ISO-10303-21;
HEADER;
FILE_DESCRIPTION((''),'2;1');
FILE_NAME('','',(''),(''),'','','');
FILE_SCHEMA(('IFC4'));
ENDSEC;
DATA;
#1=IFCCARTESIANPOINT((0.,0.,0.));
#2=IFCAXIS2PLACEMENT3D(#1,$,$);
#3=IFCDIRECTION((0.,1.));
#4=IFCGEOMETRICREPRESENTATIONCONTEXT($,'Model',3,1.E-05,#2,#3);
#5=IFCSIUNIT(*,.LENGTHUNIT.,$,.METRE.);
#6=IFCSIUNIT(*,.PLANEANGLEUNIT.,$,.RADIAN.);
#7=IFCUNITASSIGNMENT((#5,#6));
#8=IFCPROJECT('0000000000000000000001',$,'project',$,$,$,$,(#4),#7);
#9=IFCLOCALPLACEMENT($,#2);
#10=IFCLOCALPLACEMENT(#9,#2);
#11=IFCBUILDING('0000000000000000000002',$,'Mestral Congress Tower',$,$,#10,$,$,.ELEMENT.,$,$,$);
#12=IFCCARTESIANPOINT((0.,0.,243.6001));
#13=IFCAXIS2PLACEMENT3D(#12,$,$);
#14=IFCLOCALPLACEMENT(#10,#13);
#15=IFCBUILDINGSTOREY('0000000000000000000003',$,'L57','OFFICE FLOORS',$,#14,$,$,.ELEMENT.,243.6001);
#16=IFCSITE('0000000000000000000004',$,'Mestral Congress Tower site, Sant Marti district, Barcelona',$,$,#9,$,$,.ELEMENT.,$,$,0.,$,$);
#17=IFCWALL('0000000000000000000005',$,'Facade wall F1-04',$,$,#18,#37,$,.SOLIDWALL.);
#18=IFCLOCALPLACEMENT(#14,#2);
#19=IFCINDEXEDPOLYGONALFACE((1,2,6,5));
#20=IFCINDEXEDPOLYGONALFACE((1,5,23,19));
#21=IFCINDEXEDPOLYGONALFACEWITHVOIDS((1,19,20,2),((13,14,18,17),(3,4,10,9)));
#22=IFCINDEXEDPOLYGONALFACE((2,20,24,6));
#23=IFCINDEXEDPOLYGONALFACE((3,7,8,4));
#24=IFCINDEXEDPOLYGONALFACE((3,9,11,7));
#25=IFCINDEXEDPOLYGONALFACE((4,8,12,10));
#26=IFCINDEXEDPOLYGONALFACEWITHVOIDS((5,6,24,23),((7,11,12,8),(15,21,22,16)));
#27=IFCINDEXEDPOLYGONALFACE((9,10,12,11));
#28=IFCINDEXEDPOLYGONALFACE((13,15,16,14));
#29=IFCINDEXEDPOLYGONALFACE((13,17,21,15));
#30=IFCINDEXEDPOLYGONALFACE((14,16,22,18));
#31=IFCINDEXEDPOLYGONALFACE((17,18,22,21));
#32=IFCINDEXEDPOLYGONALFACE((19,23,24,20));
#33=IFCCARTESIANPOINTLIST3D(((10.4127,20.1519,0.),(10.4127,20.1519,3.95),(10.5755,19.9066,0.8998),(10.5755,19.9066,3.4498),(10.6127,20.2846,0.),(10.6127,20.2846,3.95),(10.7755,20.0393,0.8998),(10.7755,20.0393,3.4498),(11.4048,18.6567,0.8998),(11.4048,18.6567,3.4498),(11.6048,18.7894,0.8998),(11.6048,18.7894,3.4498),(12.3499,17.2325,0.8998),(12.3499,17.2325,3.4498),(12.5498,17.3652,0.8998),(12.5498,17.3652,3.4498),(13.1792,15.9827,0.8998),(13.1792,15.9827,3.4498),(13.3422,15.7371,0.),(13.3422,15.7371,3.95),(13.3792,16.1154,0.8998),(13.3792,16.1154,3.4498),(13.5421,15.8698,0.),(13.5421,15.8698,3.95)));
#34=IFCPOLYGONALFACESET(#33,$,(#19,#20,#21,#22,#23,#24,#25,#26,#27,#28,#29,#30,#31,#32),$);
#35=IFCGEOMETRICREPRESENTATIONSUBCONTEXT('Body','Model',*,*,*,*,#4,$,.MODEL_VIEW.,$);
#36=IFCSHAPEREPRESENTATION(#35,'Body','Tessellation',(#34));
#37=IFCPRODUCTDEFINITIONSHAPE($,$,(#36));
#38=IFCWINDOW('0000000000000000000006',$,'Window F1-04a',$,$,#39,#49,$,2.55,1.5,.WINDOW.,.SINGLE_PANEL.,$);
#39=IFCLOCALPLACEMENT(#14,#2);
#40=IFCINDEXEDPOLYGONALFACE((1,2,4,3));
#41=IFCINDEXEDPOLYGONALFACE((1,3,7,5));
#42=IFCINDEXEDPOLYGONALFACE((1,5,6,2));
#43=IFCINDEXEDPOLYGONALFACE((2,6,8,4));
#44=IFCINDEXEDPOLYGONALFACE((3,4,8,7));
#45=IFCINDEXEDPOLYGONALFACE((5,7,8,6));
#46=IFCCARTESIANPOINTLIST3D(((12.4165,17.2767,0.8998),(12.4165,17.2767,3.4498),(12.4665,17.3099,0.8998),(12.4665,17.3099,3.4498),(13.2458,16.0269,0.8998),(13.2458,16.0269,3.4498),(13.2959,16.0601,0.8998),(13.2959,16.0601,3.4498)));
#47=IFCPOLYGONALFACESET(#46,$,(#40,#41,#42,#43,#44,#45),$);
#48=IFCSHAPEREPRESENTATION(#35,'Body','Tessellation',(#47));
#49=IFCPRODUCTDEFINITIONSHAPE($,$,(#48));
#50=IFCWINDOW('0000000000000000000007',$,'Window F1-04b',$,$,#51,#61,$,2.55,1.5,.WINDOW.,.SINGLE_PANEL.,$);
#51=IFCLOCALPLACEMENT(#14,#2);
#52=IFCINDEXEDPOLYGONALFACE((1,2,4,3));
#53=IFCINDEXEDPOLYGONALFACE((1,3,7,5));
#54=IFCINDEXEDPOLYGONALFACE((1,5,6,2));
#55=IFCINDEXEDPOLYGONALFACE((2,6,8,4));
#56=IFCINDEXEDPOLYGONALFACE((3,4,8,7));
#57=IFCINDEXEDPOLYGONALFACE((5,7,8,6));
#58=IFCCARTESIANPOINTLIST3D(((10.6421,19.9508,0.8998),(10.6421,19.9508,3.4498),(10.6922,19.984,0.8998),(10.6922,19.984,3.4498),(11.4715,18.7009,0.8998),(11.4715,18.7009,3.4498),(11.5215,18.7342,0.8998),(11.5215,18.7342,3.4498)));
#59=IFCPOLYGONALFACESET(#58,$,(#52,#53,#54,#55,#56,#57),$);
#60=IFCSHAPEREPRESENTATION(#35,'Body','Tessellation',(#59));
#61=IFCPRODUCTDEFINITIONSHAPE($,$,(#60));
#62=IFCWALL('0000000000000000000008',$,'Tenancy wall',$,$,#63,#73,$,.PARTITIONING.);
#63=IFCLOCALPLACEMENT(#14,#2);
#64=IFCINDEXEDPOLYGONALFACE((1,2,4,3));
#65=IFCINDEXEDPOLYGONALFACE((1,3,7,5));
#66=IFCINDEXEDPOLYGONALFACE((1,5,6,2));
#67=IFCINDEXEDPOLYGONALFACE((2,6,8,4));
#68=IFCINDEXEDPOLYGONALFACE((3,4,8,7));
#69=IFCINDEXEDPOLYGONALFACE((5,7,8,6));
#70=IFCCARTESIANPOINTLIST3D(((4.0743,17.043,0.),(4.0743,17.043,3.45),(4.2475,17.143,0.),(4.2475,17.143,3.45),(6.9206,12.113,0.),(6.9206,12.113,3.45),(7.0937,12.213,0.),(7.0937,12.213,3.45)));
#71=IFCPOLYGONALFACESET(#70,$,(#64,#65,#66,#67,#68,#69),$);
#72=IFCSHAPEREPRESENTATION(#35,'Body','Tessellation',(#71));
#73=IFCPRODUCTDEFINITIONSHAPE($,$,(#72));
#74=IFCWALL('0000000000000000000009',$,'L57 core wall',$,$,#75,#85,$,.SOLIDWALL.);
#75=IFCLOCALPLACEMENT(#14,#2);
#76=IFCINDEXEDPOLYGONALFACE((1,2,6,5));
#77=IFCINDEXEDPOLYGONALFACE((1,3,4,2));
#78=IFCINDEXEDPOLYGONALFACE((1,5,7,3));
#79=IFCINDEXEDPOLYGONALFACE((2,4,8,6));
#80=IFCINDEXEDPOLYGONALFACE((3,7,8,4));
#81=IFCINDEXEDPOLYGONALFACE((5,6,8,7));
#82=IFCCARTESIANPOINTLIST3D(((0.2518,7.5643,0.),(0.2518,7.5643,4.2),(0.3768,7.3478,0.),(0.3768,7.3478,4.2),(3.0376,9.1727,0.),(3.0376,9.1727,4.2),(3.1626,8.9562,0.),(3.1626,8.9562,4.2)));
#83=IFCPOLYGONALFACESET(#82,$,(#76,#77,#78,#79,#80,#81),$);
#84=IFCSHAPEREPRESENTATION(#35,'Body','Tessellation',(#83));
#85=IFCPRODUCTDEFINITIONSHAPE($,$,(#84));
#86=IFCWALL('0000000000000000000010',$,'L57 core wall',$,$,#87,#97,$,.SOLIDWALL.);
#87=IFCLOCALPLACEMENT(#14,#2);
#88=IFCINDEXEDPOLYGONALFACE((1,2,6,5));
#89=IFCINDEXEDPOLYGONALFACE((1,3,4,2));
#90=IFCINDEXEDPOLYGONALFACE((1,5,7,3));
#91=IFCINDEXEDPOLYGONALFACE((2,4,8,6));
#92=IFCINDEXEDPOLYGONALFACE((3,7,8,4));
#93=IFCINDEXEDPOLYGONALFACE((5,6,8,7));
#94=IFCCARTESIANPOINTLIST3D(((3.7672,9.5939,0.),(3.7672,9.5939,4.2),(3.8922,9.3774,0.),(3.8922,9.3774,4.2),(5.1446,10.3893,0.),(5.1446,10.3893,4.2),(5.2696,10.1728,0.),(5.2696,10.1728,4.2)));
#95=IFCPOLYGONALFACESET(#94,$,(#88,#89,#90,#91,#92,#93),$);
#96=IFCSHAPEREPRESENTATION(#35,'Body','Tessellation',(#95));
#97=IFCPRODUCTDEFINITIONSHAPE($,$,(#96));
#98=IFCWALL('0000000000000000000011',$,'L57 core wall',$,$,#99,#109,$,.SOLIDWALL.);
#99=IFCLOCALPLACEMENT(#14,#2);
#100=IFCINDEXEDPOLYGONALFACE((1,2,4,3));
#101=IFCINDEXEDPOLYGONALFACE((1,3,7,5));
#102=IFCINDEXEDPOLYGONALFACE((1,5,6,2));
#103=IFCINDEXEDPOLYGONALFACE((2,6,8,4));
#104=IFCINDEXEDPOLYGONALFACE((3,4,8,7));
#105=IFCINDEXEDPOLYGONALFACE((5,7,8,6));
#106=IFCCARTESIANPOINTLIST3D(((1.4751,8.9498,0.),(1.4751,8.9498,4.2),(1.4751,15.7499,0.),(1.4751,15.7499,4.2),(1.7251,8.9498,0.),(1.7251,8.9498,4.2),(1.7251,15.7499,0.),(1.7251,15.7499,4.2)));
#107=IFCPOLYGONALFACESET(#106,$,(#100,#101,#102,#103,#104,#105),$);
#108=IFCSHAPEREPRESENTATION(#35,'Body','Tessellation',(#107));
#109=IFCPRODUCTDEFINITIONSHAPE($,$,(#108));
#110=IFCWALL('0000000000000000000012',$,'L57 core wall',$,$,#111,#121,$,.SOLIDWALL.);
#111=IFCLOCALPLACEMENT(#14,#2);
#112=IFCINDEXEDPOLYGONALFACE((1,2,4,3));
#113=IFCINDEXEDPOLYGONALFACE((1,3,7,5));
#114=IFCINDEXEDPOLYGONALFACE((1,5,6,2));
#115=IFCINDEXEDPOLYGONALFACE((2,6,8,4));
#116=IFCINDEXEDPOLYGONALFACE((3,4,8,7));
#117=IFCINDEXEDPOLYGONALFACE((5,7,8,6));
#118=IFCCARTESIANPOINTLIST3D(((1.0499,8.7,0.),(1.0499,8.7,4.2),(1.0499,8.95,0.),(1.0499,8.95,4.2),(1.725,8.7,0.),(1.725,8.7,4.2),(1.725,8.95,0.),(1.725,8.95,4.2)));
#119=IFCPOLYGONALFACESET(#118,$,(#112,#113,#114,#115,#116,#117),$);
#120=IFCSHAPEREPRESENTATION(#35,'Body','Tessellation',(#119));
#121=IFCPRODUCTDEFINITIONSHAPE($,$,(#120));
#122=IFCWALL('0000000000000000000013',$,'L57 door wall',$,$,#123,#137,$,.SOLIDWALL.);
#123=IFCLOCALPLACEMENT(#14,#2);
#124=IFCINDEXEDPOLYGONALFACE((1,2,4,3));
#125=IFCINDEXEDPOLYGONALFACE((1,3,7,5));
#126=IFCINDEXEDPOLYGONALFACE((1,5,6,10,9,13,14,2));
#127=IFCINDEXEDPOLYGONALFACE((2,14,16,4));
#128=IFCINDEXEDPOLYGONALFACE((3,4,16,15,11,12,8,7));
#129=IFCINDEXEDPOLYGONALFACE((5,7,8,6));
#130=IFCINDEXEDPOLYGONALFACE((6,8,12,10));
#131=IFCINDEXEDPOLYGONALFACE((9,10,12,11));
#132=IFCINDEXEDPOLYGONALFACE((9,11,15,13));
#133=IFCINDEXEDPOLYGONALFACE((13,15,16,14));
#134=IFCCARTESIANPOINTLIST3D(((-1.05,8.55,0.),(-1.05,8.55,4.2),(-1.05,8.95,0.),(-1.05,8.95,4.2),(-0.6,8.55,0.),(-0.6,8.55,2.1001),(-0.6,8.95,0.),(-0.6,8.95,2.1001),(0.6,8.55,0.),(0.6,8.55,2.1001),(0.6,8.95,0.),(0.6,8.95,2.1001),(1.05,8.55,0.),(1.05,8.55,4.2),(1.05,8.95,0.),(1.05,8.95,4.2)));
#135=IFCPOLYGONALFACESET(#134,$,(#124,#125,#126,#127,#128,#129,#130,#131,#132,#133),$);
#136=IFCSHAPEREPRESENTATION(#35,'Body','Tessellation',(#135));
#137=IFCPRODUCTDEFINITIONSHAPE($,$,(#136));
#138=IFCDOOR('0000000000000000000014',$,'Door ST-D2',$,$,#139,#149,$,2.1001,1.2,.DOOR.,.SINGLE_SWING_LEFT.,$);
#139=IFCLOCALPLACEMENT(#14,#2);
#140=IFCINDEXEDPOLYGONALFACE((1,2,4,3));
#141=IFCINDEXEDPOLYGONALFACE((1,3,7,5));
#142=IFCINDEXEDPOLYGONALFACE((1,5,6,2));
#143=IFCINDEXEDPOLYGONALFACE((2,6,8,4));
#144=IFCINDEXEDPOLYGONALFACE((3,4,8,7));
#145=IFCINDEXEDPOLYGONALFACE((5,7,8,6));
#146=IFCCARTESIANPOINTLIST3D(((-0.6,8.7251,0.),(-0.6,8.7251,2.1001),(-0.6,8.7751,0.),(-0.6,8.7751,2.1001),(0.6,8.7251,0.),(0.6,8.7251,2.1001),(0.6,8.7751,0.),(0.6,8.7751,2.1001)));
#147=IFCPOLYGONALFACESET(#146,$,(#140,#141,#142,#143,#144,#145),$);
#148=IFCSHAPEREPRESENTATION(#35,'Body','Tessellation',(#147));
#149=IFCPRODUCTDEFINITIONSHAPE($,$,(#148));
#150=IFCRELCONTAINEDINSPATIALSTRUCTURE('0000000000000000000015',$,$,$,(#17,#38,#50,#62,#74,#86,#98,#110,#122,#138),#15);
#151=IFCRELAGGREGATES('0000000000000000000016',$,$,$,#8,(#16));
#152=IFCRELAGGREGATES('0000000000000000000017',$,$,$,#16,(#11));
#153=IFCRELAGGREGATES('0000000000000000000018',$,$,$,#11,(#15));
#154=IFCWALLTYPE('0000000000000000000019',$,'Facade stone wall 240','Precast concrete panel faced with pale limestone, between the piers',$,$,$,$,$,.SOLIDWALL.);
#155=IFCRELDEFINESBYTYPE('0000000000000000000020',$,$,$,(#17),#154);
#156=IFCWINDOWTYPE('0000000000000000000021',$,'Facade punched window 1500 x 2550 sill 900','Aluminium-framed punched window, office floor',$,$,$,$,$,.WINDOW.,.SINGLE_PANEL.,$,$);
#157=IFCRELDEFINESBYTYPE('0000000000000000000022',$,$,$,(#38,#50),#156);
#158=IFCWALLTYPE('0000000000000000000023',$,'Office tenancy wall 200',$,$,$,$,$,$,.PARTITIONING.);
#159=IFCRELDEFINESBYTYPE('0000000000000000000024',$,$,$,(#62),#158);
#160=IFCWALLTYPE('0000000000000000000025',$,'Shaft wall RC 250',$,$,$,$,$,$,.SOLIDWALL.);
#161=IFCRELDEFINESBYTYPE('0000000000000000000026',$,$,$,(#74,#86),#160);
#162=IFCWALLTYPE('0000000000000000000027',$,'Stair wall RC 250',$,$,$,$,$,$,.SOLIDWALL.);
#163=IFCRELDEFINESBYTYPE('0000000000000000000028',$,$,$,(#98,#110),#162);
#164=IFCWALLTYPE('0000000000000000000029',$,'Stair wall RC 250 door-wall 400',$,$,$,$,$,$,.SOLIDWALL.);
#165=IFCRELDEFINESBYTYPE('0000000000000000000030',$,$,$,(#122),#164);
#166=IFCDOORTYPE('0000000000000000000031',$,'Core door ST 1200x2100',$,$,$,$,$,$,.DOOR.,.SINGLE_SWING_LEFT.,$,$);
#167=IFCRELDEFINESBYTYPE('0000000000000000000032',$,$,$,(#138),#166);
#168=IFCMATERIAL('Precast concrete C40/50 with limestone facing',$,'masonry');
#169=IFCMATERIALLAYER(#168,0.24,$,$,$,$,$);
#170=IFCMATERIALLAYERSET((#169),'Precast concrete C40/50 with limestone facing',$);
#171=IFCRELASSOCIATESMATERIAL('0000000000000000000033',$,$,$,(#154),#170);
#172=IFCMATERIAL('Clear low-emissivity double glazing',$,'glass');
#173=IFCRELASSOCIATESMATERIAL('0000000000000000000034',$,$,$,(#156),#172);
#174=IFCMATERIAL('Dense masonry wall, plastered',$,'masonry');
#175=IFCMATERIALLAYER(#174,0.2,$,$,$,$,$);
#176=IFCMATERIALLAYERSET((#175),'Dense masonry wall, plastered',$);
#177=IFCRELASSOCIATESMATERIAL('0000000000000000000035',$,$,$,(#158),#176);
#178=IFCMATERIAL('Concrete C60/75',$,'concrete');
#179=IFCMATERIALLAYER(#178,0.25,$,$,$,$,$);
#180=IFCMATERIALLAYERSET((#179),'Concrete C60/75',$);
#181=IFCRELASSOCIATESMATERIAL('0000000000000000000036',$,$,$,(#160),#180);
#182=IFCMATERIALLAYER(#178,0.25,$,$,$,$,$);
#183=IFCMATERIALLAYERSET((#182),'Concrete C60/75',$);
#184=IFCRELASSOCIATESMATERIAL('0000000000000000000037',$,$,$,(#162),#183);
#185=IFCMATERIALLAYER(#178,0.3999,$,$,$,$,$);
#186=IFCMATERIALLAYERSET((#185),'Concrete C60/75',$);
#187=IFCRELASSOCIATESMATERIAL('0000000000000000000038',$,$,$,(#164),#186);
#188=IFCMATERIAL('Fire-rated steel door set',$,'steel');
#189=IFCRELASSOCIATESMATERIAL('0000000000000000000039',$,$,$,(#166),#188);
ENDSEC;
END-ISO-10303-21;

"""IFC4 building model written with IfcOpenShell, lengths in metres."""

from ifc_helpers import new_model, si_unit, direction, frame, frame_2d, origin, place, context, subcontext, project, spatial, rectangle, extrude, material, layer, layer_set, type_object, element, fill, save


model = new_model("IFC4")

# Units and contexts
model_context = context("Model", 3, precision=1e-05, world=origin(), true_north=direction((0.0, 1.0)))
body_context = subcontext(model_context, "Body", "Model", "MODEL_VIEW")
ifc_project = project(units=[si_unit("LENGTHUNIT", "METRE"), si_unit("PLANEANGLEUNIT", "RADIAN")], contexts=[model_context])

# Site, building, storey
site_placement = place(None, origin())
site = spatial("IfcSite", under=ifc_project, at=site_placement, Name="Mestral Congress Tower site, Sant Marti district, Barcelona", CompositionType="ELEMENT", RefElevation=0.0)
building_placement = place(site_placement, origin())
building = spatial("IfcBuilding", under=site, at=building_placement, Name="Mestral Congress Tower", CompositionType="ELEMENT")
storey_placement = place(building_placement, frame((0.0, 0.0, 243.6001)))
storey = spatial("IfcBuildingStorey", under=building, at=storey_placement, Name="L57", Description="OFFICE FLOORS", CompositionType="ELEMENT", Elevation=243.6001)

# Shared definitions
ifc_material_1 = material(Name="Concrete C60/75", Category="concrete")

# Shared definitions
ifc_material_2 = material(Name="Fire-rated steel door set", Category="steel")

# Wall, openings, windows
ifc_material_3 = material(Name="Precast concrete C40/50 with limestone facing", Category="masonry")
ifc_layer_1 = layer(ifc_material_3, 0.24)
ifc_layer_set_1 = layer_set([ifc_layer_1], Name="Precast concrete C40/50 with limestone facing")
wall_type_1 = type_object("IfcWallType", Name="Facade stone wall 240", Description="Precast concrete panel faced with pale limestone, between the piers", PredefinedType="SOLIDWALL", material=ifc_layer_set_1)
ifc_material_4 = material(Name="Clear low-emissivity double glazing", Category="glass")
window_type = type_object("IfcWindowType", Name="Facade punched window 1500 x 2550 sill 900", Description="Aluminium-framed punched window, office floor", PartitioningType="SINGLE_PANEL", PredefinedType="WINDOW", material=ifc_material_4)
wall_1_placement = place(storey_placement, frame((13.4421, 15.8035, 0.0), z_axis=(0.0, 0.0, 1.0), x_axis=(-0.552902, 0.833246, 0.0)))
wall_1 = element("IfcWall", 1, at=wall_1_placement, inside=storey, type_object=wall_type_1, Name="Facade wall F1-04", PredefinedType="SOLIDWALL", context=body_context, shape_type="SweptSolid", body=[
    extrude(rectangle(XDim=5.2983, YDim=0.24, at=frame_2d((2.6492, 0.0))), origin(), (0.0, 0.0, 1.0), 3.95),
])
opening_1_placement = place(wall_1_placement, frame((0.2947, 0.0, 0.8999)))
opening_1 = element("IfcOpeningElement", 2, at=opening_1_placement, cuts=wall_1, PredefinedType="OPENING", context=body_context, shape_type="SweptSolid", body=[
    extrude(rectangle(XDim=1.5, YDim=2.55, at=frame_2d((0.75, 1.2749))), frame((0.0, 0.1299, 0.0), z_axis=(0.0, -1.0, 0.0), x_axis=(1.0, 0.0, 0.0)), (0.0, 0.0, 1.0), 0.26),
])
opening_2_placement = place(wall_1_placement, frame((3.5039, 0.0, 0.8999)))
opening_2 = element("IfcOpeningElement", 3, at=opening_2_placement, cuts=wall_1, PredefinedType="OPENING", context=body_context, shape_type="SweptSolid", body=[
    extrude(rectangle(XDim=1.5, YDim=2.55, at=frame_2d((0.75, 1.2749))), frame((0.0, 0.1299, 0.0), z_axis=(0.0, -1.0, 0.0), x_axis=(1.0, 0.0, 0.0)), (0.0, 0.0, 1.0), 0.26),
])
window_1_placement = place(opening_1_placement, origin())
window_1 = element("IfcWindow", 4, at=window_1_placement, inside=storey, type_object=window_type, Name="Window F1-04a", OverallHeight=2.55, OverallWidth=1.5, PartitioningType="SINGLE_PANEL", PredefinedType="WINDOW", context=body_context, shape_type="SweptSolid", body=[
    extrude(rectangle(XDim=1.5, YDim=2.55, at=frame_2d((0.75, 1.2749))), frame((0.0, 0.04, 0.0), z_axis=(0.0, -1.0, 0.0), x_axis=(1.0, 0.0, 0.0)), (0.0, 0.0, 1.0), 0.0601),
])
fill(opening_1, window_1)
window_2_placement = place(opening_2_placement, origin())
window_2 = element("IfcWindow", 5, at=window_2_placement, inside=storey, type_object=window_type, Name="Window F1-04b", OverallHeight=2.55, OverallWidth=1.5, PartitioningType="SINGLE_PANEL", PredefinedType="WINDOW", context=body_context, shape_type="SweptSolid", body=[
    extrude(rectangle(XDim=1.5, YDim=2.55, at=frame_2d((0.75, 1.2749))), frame((0.0, 0.04, 0.0), z_axis=(0.0, -1.0, 0.0), x_axis=(1.0, 0.0, 0.0)), (0.0, 0.0, 1.0), 0.0601),
])
fill(opening_2, window_2)

# Walls
ifc_material_5 = material(Name="Dense masonry wall, plastered", Category="masonry")
ifc_layer_2 = layer(ifc_material_5, 0.2)
ifc_layer_set_2 = layer_set([ifc_layer_2], Name="Dense masonry wall, plastered")
wall_type_2 = type_object("IfcWallType", Name="Office tenancy wall 200", PredefinedType="PARTITIONING", material=ifc_layer_set_2)
wall_2_placement = place(storey_placement, frame((7.0071, 12.1631, 0.0), z_axis=(0.0, 0.0, 1.0), x_axis=(-0.499986, 0.866033, 0.0)))
element("IfcWall", 6, at=wall_2_placement, inside=storey, type_object=wall_type_2, Name="Tenancy wall", PredefinedType="PARTITIONING", context=body_context, shape_type="SweptSolid", body=[
    extrude(rectangle(XDim=5.6926, YDim=0.2, at=frame_2d((2.8462, 0.0))), origin(), (0.0, 0.0, 1.0), 3.45),
])
ifc_layer_3 = layer(ifc_material_1, 0.25)
ifc_layer_set_3 = layer_set([ifc_layer_3], Name="Concrete C60/75")
wall_type_3 = type_object("IfcWallType", Name="Shaft wall RC 250", PredefinedType="SOLIDWALL", material=ifc_layer_set_3)
wall_3_placement = place(storey_placement, frame((3.1001, 9.0645, 0.0), z_axis=(0.0, 0.0, 1.0), x_axis=(-0.86603, -0.499992, 0.0)))
element("IfcWall", 7, at=wall_3_placement, inside=storey, type_object=wall_type_3, Name="L57 core wall", PredefinedType="SOLIDWALL", context=body_context, shape_type="SweptSolid", body=[
    extrude(rectangle(XDim=3.2168, YDim=0.25, at=frame_2d((1.6084, 0.0))), origin(), (0.0, 0.0, 1.0), 4.2),
])
wall_4_placement = place(storey_placement, frame((3.8296, 9.4856, 0.0), z_axis=(0.0, 0.0, 1.0), x_axis=(0.865986, 0.500068, 0.0)))
element("IfcWall", 8, at=wall_4_placement, inside=storey, type_object=wall_type_3, Name="L57 core wall", PredefinedType="SOLIDWALL", context=body_context, shape_type="SweptSolid", body=[
    extrude(rectangle(XDim=1.5906, YDim=0.25, at=frame_2d((0.7954, 0.0))), origin(), (0.0, 0.0, 1.0), 4.2),
])
ifc_layer_4 = layer(ifc_material_1, 0.25)
ifc_layer_set_4 = layer_set([ifc_layer_4], Name="Concrete C60/75")
wall_type_4 = type_object("IfcWallType", Name="Stair wall RC 250", PredefinedType="SOLIDWALL", material=ifc_layer_set_4)
wall_5_placement = place(storey_placement, frame((1.6001, 8.95, 0.0), z_axis=(0.0, 0.0, 1.0), x_axis=(0.0, 1.0, 0.0)))
element("IfcWall", 9, at=wall_5_placement, inside=storey, type_object=wall_type_4, Name="L57 core wall", PredefinedType="SOLIDWALL", context=body_context, shape_type="SweptSolid", body=[
    extrude(rectangle(XDim=6.8, YDim=0.25, at=frame_2d((3.3999, 0.0))), origin(), (0.0, 0.0, 1.0), 4.2),
])
wall_6_placement = place(storey_placement, frame((1.05, 8.825, 0.0), z_axis=(0.0, 0.0, 1.0), x_axis=(1.0, 0.0, 0.0)))
element("IfcWall", 10, at=wall_6_placement, inside=storey, type_object=wall_type_4, Name="L57 core wall", PredefinedType="SOLIDWALL", context=body_context, shape_type="SweptSolid", body=[
    extrude(rectangle(XDim=0.675, YDim=0.25, at=frame_2d((0.3374, 0.0))), origin(), (0.0, 0.0, 1.0), 4.2),
])

# Wall, opening, door
ifc_layer_5 = layer(ifc_material_1, 0.3999)
ifc_layer_set_5 = layer_set([ifc_layer_5], Name="Concrete C60/75")
wall_type_5 = type_object("IfcWallType", Name="Stair wall RC 250 door-wall 400", PredefinedType="SOLIDWALL", material=ifc_layer_set_5)
wall_7_placement = place(storey_placement, frame((1.05, 8.75, 0.0), z_axis=(0.0, 0.0, 1.0), x_axis=(-1.0, 0.0, 0.0)))
wall_7 = element("IfcWall", 11, at=wall_7_placement, inside=storey, type_object=wall_type_5, Name="L57 door wall", PredefinedType="SOLIDWALL", context=body_context, shape_type="SweptSolid", body=[
    extrude(rectangle(XDim=2.1001, YDim=0.3999, at=frame_2d((1.05, 0.0))), origin(), (0.0, 0.0, 1.0), 4.2),
])
opening_3_placement = place(wall_7_placement, frame((0.45, 0.0, 0.0)))
opening_3 = element("IfcOpeningElement", 12, at=opening_3_placement, cuts=wall_7, PredefinedType="OPENING", context=body_context, shape_type="SweptSolid", body=[
    extrude(rectangle(XDim=1.2, YDim=2.1001, at=frame_2d((0.6001, 1.05))), frame((0.0, 0.21, 0.0), z_axis=(0.0, -1.0, 0.0), x_axis=(1.0, 0.0, 0.0)), (0.0, 0.0, 1.0), 0.4199),
])
door_type_1 = type_object("IfcDoorType", Name="Core door ST 1200x2100", OperationType="SINGLE_SWING_LEFT", PredefinedType="DOOR", material=ifc_material_2)
door_1_placement = place(opening_3_placement, origin())
door_1 = element("IfcDoor", 13, at=door_1_placement, inside=storey, type_object=door_type_1, Name="Door ST-D2", OperationType="SINGLE_SWING_LEFT", OverallHeight=2.1001, OverallWidth=1.2, PredefinedType="DOOR", context=body_context, shape_type="SweptSolid", body=[
    extrude(rectangle(XDim=1.2, YDim=2.1001, at=frame_2d((0.6001, 1.05))), frame((0.0, 0.0249, 0.0), z_axis=(0.0, -1.0, 0.0), x_axis=(1.0, 0.0, 0.0)), (0.0, 0.0, 1.0), 0.05),
])
fill(opening_3, door_1)

save(model, "model.ifc")
